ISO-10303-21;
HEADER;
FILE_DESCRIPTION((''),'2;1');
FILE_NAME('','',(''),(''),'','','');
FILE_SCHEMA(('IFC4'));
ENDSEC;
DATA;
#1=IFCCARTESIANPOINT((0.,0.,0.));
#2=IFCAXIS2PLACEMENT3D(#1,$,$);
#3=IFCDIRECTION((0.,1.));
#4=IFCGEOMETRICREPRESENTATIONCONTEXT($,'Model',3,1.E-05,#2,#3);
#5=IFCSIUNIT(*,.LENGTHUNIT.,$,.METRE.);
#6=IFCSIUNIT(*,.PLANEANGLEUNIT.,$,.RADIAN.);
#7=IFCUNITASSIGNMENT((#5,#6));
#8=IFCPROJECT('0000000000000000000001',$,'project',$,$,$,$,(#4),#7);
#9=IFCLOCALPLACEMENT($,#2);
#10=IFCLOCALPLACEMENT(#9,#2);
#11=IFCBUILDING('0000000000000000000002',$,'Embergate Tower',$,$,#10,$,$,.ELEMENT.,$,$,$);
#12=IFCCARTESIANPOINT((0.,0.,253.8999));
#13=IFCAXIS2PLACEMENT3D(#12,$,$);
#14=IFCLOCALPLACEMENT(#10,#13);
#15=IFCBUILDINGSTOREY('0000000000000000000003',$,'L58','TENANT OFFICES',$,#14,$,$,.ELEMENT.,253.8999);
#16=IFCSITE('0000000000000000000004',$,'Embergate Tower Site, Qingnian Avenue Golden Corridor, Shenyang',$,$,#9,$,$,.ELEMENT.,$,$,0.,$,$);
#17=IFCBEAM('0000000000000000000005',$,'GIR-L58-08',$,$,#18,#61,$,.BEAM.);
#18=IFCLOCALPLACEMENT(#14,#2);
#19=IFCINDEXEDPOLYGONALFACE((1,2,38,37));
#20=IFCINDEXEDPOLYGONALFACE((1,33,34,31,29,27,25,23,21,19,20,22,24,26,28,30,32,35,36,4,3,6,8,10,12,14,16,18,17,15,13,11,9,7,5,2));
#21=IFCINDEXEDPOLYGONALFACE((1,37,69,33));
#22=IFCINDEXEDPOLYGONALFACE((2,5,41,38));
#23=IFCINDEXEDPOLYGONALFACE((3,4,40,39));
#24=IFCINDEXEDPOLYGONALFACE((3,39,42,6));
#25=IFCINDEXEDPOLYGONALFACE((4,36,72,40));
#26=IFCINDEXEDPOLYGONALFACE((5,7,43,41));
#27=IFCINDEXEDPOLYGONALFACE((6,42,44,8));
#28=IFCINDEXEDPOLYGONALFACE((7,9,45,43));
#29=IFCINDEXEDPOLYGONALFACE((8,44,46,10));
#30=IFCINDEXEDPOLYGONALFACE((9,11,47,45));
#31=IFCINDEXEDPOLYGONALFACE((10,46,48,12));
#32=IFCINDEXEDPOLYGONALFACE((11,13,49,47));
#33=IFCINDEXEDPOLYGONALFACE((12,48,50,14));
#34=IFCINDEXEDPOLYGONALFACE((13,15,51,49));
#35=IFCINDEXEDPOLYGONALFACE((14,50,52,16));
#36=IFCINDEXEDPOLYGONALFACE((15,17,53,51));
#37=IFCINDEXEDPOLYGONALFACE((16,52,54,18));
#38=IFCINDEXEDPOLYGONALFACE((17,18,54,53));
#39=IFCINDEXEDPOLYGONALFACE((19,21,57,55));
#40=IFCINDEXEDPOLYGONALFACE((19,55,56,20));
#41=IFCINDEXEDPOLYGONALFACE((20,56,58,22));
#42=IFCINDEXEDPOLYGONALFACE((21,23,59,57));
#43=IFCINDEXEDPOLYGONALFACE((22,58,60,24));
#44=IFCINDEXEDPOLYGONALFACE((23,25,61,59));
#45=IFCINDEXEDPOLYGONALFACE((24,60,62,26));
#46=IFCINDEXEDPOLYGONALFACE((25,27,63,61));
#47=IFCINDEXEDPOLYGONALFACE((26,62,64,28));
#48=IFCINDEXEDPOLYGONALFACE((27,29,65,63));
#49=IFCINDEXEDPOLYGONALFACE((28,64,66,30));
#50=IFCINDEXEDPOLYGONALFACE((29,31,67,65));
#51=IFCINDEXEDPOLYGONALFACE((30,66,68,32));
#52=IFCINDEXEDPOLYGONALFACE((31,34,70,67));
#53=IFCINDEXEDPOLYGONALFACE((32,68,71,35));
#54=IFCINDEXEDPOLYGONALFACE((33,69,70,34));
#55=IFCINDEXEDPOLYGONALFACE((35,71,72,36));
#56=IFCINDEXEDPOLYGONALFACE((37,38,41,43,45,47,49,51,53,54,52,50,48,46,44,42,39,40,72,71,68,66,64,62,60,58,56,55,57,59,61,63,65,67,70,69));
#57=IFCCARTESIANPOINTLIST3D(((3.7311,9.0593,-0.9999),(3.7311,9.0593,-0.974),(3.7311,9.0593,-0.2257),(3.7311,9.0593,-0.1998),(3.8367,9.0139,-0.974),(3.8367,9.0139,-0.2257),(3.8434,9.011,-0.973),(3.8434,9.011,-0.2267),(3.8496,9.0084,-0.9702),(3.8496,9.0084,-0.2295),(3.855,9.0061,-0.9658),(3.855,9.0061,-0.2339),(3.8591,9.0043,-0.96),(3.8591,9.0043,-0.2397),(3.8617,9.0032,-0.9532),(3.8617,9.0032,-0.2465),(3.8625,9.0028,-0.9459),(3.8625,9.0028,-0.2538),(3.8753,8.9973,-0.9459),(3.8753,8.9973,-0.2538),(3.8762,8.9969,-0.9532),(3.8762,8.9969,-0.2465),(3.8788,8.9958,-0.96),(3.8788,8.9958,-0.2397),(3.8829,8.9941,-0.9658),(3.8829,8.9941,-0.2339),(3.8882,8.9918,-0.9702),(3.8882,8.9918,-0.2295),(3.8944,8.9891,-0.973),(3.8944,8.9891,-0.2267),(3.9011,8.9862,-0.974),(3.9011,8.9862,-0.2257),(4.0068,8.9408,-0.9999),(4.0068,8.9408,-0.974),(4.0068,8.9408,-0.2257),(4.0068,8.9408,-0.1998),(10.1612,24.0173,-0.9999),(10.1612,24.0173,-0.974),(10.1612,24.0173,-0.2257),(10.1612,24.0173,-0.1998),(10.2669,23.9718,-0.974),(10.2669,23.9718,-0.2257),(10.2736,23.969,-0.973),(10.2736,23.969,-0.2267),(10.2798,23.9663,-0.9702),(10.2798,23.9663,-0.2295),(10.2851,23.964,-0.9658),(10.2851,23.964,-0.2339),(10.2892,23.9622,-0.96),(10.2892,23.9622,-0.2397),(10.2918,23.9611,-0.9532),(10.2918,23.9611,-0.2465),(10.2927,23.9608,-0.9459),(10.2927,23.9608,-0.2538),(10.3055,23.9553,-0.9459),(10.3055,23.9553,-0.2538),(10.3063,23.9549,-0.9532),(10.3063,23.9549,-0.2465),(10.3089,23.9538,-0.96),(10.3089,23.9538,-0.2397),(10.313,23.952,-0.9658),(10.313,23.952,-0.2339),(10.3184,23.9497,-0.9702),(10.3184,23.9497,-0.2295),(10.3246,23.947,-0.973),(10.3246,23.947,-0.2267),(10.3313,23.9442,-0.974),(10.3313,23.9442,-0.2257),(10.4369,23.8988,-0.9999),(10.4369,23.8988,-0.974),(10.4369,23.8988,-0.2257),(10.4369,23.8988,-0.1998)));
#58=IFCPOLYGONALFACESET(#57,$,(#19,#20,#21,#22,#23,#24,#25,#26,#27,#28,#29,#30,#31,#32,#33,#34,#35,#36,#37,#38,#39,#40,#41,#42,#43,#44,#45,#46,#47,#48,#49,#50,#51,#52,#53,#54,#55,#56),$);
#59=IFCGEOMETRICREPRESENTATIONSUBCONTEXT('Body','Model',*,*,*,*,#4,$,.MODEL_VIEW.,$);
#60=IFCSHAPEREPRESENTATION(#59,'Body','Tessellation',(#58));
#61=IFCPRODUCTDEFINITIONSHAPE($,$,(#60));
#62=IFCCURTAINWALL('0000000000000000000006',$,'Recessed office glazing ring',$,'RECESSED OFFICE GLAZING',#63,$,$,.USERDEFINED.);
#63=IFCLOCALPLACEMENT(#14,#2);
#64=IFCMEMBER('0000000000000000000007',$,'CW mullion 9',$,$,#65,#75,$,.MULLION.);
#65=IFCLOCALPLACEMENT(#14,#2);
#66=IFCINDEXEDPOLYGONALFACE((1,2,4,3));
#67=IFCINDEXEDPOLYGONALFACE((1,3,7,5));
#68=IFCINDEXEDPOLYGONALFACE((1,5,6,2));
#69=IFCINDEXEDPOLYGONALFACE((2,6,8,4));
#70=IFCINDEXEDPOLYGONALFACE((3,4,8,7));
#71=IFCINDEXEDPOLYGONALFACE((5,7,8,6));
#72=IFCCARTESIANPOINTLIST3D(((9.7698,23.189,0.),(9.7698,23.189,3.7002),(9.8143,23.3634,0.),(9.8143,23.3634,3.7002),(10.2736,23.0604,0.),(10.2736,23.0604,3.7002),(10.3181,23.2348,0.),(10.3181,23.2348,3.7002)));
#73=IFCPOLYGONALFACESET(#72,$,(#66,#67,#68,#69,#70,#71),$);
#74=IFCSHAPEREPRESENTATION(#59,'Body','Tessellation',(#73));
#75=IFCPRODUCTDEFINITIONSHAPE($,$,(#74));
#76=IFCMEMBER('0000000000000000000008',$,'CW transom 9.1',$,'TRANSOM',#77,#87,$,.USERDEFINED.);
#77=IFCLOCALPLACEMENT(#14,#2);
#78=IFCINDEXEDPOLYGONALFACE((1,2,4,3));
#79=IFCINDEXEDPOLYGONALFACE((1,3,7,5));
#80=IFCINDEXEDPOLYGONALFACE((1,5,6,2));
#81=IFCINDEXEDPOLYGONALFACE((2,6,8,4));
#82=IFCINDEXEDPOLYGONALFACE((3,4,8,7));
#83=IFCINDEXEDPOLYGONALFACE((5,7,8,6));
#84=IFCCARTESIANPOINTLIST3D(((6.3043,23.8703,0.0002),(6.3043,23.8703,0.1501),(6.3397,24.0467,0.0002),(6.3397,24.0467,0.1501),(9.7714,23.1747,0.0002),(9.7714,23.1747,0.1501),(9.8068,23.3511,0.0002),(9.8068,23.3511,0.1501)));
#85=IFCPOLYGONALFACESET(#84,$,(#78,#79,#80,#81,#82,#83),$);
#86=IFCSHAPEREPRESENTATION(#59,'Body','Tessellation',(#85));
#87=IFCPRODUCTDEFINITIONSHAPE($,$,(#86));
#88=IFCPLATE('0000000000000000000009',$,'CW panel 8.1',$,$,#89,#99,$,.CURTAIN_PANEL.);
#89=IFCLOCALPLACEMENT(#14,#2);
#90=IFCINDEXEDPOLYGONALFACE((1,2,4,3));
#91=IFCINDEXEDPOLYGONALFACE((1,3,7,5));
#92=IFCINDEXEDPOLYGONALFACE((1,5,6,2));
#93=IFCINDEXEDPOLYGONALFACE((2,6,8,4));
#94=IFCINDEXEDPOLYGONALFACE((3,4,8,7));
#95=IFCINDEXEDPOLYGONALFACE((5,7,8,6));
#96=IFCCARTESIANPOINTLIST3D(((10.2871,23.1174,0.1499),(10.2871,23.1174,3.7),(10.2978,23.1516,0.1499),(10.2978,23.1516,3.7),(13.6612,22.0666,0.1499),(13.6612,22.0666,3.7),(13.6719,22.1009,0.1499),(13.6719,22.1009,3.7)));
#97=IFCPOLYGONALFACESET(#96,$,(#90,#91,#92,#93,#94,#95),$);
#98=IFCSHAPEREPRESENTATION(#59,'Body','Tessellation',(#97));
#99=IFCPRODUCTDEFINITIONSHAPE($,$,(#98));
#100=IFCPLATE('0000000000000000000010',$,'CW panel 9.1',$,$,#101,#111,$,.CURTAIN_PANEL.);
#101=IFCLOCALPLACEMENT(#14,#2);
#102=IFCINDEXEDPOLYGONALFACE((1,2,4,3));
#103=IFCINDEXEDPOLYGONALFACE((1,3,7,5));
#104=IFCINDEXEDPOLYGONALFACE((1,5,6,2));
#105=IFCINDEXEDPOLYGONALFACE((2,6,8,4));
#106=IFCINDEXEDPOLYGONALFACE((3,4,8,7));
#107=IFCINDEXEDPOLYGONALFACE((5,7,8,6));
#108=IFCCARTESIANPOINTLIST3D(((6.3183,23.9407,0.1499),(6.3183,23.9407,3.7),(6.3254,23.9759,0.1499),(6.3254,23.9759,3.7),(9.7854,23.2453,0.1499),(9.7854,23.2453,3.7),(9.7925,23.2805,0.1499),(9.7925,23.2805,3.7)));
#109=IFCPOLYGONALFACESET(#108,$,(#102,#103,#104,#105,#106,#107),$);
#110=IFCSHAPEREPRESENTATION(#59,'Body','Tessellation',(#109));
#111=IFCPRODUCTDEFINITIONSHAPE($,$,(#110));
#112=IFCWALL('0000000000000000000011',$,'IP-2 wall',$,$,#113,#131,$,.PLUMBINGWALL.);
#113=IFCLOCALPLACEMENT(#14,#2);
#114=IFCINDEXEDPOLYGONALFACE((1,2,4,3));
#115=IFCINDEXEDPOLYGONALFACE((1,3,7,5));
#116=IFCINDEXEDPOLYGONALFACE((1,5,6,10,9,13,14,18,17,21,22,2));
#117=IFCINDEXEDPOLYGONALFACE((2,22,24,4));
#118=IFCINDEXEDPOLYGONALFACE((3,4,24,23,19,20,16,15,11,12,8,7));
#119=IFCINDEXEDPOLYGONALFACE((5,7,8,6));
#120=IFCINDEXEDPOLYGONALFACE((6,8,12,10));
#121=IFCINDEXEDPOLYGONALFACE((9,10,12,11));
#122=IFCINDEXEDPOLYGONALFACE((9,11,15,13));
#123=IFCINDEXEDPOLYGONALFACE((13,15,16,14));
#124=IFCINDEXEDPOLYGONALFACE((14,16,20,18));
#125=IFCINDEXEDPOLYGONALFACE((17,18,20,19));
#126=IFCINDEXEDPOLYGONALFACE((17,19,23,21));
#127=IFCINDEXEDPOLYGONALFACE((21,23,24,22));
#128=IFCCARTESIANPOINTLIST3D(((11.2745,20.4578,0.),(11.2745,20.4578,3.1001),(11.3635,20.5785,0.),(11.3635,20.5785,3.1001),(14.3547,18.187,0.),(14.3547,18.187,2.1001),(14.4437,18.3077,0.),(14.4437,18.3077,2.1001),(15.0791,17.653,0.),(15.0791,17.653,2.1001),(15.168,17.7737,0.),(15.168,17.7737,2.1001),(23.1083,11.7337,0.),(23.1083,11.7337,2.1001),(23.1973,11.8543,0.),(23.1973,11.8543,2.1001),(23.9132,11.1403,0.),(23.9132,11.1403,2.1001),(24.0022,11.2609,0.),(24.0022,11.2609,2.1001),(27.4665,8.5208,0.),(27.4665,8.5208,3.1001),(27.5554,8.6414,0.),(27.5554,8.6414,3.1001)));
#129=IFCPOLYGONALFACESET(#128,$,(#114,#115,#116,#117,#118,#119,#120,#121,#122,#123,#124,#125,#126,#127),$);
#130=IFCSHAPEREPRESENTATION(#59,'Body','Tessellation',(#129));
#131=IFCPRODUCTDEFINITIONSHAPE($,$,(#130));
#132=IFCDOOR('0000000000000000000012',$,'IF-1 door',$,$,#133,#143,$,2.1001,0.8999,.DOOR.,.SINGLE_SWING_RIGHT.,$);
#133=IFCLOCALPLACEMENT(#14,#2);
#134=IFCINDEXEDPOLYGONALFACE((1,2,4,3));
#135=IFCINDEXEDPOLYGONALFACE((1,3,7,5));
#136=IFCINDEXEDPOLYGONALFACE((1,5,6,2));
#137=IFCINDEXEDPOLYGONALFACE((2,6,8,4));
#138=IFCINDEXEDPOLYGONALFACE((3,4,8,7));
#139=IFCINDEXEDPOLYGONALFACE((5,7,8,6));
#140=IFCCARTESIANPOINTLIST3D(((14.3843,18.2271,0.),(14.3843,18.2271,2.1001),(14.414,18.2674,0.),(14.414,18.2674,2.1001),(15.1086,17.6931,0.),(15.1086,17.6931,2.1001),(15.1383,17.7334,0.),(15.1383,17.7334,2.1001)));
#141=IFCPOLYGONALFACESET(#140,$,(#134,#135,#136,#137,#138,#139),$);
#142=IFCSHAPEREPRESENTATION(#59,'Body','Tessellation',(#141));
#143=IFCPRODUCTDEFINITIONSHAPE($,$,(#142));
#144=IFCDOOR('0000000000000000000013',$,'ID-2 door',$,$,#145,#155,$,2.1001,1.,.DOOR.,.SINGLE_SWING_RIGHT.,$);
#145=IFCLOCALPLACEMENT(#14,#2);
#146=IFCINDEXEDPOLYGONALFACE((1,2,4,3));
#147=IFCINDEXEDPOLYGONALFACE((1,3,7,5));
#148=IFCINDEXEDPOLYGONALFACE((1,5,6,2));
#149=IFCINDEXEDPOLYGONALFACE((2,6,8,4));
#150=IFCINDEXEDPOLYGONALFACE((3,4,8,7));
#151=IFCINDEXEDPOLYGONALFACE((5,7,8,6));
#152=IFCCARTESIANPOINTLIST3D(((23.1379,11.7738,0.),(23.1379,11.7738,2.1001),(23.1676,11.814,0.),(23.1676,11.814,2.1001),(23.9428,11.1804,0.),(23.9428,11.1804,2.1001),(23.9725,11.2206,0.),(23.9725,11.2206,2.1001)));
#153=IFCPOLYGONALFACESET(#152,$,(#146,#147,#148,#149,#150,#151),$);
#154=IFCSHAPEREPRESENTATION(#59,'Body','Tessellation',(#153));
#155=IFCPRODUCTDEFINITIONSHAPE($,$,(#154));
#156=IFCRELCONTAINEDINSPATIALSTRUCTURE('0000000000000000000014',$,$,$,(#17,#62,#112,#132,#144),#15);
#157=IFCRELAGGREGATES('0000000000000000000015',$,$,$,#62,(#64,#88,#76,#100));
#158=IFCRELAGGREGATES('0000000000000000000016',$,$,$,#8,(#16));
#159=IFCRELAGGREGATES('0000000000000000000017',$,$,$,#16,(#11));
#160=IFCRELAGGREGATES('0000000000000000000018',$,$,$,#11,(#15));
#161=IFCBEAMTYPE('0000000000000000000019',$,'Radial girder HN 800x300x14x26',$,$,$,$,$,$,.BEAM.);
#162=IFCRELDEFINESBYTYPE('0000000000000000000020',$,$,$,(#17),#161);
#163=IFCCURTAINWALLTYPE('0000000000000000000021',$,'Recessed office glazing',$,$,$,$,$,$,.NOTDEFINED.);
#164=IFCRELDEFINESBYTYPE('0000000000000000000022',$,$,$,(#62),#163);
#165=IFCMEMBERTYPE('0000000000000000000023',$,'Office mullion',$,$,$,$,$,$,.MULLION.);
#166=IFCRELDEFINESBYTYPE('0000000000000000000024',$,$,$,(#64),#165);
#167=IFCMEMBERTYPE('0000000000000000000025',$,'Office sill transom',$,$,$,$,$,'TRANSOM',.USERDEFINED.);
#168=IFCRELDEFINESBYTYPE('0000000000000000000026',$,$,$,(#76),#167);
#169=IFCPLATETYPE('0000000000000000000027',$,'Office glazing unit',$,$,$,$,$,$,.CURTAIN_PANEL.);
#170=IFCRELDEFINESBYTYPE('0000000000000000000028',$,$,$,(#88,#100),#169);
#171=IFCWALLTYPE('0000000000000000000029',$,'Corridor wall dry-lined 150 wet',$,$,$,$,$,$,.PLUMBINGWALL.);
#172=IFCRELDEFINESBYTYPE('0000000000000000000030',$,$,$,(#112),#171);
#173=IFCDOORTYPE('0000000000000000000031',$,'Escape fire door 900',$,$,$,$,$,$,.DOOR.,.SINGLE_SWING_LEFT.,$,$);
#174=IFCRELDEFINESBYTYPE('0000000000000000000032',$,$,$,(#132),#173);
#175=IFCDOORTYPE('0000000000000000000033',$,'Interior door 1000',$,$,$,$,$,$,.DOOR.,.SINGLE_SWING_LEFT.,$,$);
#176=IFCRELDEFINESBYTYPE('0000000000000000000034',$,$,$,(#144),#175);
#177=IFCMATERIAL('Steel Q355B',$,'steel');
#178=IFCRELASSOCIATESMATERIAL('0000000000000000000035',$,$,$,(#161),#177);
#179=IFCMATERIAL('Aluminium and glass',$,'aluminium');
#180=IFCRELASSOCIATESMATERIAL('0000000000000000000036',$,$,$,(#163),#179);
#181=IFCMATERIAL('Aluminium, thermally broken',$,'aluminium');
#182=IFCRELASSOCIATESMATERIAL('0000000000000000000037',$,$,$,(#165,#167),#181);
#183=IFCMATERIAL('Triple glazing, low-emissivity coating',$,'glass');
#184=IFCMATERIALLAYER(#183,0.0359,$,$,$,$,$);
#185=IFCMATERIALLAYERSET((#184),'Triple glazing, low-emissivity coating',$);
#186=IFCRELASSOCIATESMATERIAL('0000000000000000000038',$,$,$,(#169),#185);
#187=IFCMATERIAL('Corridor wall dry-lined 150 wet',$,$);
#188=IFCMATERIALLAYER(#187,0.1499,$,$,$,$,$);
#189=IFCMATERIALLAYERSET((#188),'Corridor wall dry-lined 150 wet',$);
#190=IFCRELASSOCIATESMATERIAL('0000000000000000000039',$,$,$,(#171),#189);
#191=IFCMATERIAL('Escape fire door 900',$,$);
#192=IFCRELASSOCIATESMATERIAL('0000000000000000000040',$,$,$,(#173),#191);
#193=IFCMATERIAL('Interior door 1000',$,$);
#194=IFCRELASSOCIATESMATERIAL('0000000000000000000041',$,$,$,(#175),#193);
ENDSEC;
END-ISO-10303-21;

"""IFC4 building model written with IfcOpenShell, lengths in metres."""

from ifc_helpers import new_model, si_unit, direction, frame, frame_2d, origin, origin_2d, place, context, subcontext, project, spatial, rectangle, i_section, extrude, source, transform, mapped, material, layer, layer_set, material_profile, profile_set, type_object, element, fill, aggregate, save


model = new_model("IFC4")

# Units and contexts
model_context = context("Model", 3, precision=1e-05, world=origin(), true_north=direction((0.0, 1.0)))
body_context = subcontext(model_context, "Body", "Model", "MODEL_VIEW")
ifc_project = project(units=[si_unit("LENGTHUNIT", "METRE"), si_unit("PLANEANGLEUNIT", "RADIAN")], contexts=[model_context])

# Site, building, storey
site_placement = place(None, origin())
site = spatial("IfcSite", under=ifc_project, at=site_placement, Name="Embergate Tower Site, Qingnian Avenue Golden Corridor, Shenyang", CompositionType="ELEMENT", RefElevation=0.0)
building_placement = place(site_placement, origin())
building = spatial("IfcBuilding", under=site, at=building_placement, Name="Embergate Tower", CompositionType="ELEMENT")
storey_placement = place(building_placement, frame((0.0, 0.0, 253.8999)))
storey = spatial("IfcBuildingStorey", under=building, at=storey_placement, Name="L58", Description="TENANT OFFICES", CompositionType="ELEMENT", Elevation=253.8999)

# Beam
ifc_material_1 = material(Name="Steel Q355B", Category="steel")
ifc_material_profile_1 = material_profile(ifc_material_1, i_section(OverallWidth=0.3, OverallDepth=0.8, WebThickness=0.0139, FlangeThickness=0.0259, FilletRadius=0.0281, at=origin_2d()), Name="HN 800x300x14x26")
ifc_profile_set_1 = profile_set([ifc_material_profile_1], Name="Steel Q355 grade B")
beam_type = type_object("IfcBeamType", Name="Radial girder HN 800x300x14x26", PredefinedType="BEAM", material=ifc_profile_set_1)
shared_shape_1 = source(origin(), body_context, "Body", "SweptSolid", [
    extrude(i_section(OverallWidth=0.3, OverallDepth=0.8, WebThickness=0.0139, FlangeThickness=0.0259, FilletRadius=0.0281, at=origin_2d()), origin(), (0.0, 0.0, 1.0), 16.2815),
])
beam_placement = place(storey_placement, frame((10.2991, 23.958, -0.5999), z_axis=(-0.394936, -0.918709, 0.0), x_axis=(0.918709, -0.394936, 0.0)))
element("IfcBeam", 1, at=beam_placement, inside=storey, type_object=beam_type, Name="GIR-L58-08", PredefinedType="BEAM", context=body_context, shape_type="MappedRepresentation", body=[
    mapped(shared_shape_1, transform((0.0, 0.0, 0.0))),
])

# Curtain wall, members, plates
ifc_material_2 = material(Name="Aluminium and glass", Category="aluminium")
curtain_wall_type = type_object("IfcCurtainWallType", Name="Recessed office glazing", PredefinedType="NOTDEFINED", material=ifc_material_2)
curtain_wall_placement = place(storey_placement, origin())
curtain_wall = element("IfcCurtainWall", 2, at=curtain_wall_placement, inside=storey, type_object=curtain_wall_type, Name="Recessed office glazing ring", ObjectType="RECESSED OFFICE GLAZING", PredefinedType="USERDEFINED")
ifc_material_3 = material(Name="Aluminium, thermally broken", Category="aluminium")
ifc_material_profile_2 = material_profile(ifc_material_3, rectangle(XDim=0.1799, YDim=0.52, at=origin_2d()), Name="AL 520x180")
ifc_profile_set_2 = profile_set([ifc_material_profile_2], Name="Aluminium, thermally broken")
member_type_1 = type_object("IfcMemberType", Name="Office mullion", PredefinedType="MULLION", material=ifc_profile_set_2)
shared_shape_2 = source(origin(), body_context, "Body", "SweptSolid", [
    extrude(rectangle(XDim=0.1799, YDim=0.52, at=origin_2d()), origin(), (0.0, 0.0, 1.0), 3.7002),
])
member_1_placement = place(storey_placement, frame((10.0439, 23.2119, 0.0), z_axis=(0.0, 0.0, 1.0), x_axis=(-0.247308, -0.968937, 0.0)))
member_1 = element("IfcMember", 3, at=member_1_placement, type_object=member_type_1, Name="CW mullion 9", PredefinedType="MULLION", context=body_context, shape_type="MappedRepresentation", body=[
    mapped(shared_shape_2, transform((0.0, 0.0, 0.0))),
])
ifc_material_profile_3 = material_profile(ifc_material_3, rectangle(XDim=0.1799, YDim=0.1499, at=origin_2d()), Name="AL 150x180")
ifc_profile_set_3 = profile_set([ifc_material_profile_3], Name="Aluminium, thermally broken")
member_type_2 = type_object("IfcMemberType", Name="Office sill transom", ElementType="TRANSOM", PredefinedType="USERDEFINED", material=ifc_profile_set_3)
shared_shape_3 = source(origin(), body_context, "Body", "SweptSolid", [
    extrude(rectangle(XDim=0.1799, YDim=0.1499, at=origin_2d()), origin(), (0.0, 0.0, 1.0), 3.5361),
])
member_2_placement = place(storey_placement, frame((9.7891, 23.2629, 0.0752), z_axis=(-0.980464, 0.1967, 0.0), x_axis=(-0.1967, -0.980464, 0.0)))
member_2 = element("IfcMember", 4, at=member_2_placement, type_object=member_type_2, Name="CW transom 9.1", ObjectType="TRANSOM", PredefinedType="USERDEFINED", context=body_context, shape_type="MappedRepresentation", body=[
    mapped(shared_shape_3, transform((0.0, 0.0, 0.0))),
])
ifc_material_4 = material(Name="Triple glazing, low-emissivity coating", Category="glass")
ifc_layer_1 = layer(ifc_material_4, 0.0359)
ifc_layer_set_1 = layer_set([ifc_layer_1], Name="Triple glazing, low-emissivity coating")
plate_type = type_object("IfcPlateType", Name="Office glazing unit", PredefinedType="CURTAIN_PANEL", material=ifc_layer_set_1)
shared_shape_4 = source(origin(), body_context, "Body", "SweptSolid", [
    extrude(rectangle(XDim=3.5339, YDim=0.0359, at=origin_2d()), origin(), (0.0, 0.0, 1.0), 3.55),
])
plate_1_placement = place(storey_placement, frame((11.9795, 22.6091, 0.1499), z_axis=(0.0, 0.0, 1.0), x_axis=(-0.954773, 0.297337, 0.0)))
plate_1 = element("IfcPlate", 5, at=plate_1_placement, type_object=plate_type, Name="CW panel 8.1", PredefinedType="CURTAIN_PANEL", context=body_context, shape_type="MappedRepresentation", body=[
    mapped(shared_shape_4, transform((0.0, 0.0, 0.0))),
])
shared_shape_5 = source(origin(), body_context, "Body", "SweptSolid", [
    extrude(rectangle(XDim=3.5361, YDim=0.0359, at=origin_2d()), origin(), (0.0, 0.0, 1.0), 3.55),
])
plate_2_placement = place(storey_placement, frame((8.0554, 23.6106, 0.1499), z_axis=(0.0, 0.0, 1.0), x_axis=(-0.980476, 0.196639, 0.0)))
plate_2 = element("IfcPlate", 6, at=plate_2_placement, type_object=plate_type, Name="CW panel 9.1", PredefinedType="CURTAIN_PANEL", context=body_context, shape_type="MappedRepresentation", body=[
    mapped(shared_shape_5, transform((0.0, 0.0, 0.0))),
])
aggregate(curtain_wall, [member_1, plate_1, member_2, plate_2])

# Wall, openings, doors
ifc_material_5 = material(Name="Corridor wall dry-lined 150 wet")
ifc_layer_2 = layer(ifc_material_5, 0.1499)
ifc_layer_set_2 = layer_set([ifc_layer_2], Name="Corridor wall dry-lined 150 wet")
wall_type_1 = type_object("IfcWallType", Name="Corridor wall dry-lined 150 wet", PredefinedType="PLUMBINGWALL", material=ifc_layer_set_2)
shared_shape_6 = source(origin(), body_context, "Body", "SweptSolid", [
    extrude(rectangle(XDim=20.1165, YDim=0.1499, at=frame_2d((10.0581, 0.0))), origin(), (0.0, 0.0, 1.0), 3.1001),
])
wall_1_placement = place(storey_placement, frame((11.3191, 20.5181, 0.0), z_axis=(0.0, 0.0, 1.0), x_axis=(0.80491, -0.593397, 0.0)))
wall_1 = element("IfcWall", 7, at=wall_1_placement, inside=storey, type_object=wall_type_1, Name="IP-2 wall", PredefinedType="PLUMBINGWALL", context=body_context, shape_type="MappedRepresentation", body=[
    mapped(shared_shape_6, transform((0.0, 0.0, 0.0))),
])
shared_shape_7 = source(origin(), body_context, "Body", "SweptSolid", [
    extrude(rectangle(XDim=1.0, YDim=2.1001, at=frame_2d((0.5, 1.05))), frame((0.0, 0.085, 0.0), z_axis=(0.0, -1.0, 0.0), x_axis=(1.0, 0.0, 0.0)), (0.0, 0.0, 1.0), 0.1699),
])
opening_1_placement = place(wall_1_placement, frame((14.7019, 0.0, 0.0)))
opening_1 = element("IfcOpeningElement", 8, at=opening_1_placement, cuts=wall_1, PredefinedType="OPENING", context=body_context, shape_type="MappedRepresentation", body=[
    mapped(shared_shape_7, transform((0.0, 0.0, 0.0))),
])
shared_shape_8 = source(origin(), body_context, "Body", "SweptSolid", [
    extrude(rectangle(XDim=0.8999, YDim=2.1001, at=frame_2d((0.45, 1.05))), frame((0.0, 0.085, 0.0), z_axis=(0.0, -1.0, 0.0), x_axis=(1.0, 0.0, 0.0)), (0.0, 0.0, 1.0), 0.1699),
])
opening_2_placement = place(wall_1_placement, frame((3.8267, 0.0, 0.0)))
opening_2 = element("IfcOpeningElement", 9, at=opening_2_placement, cuts=wall_1, PredefinedType="OPENING", context=body_context, shape_type="MappedRepresentation", body=[
    mapped(shared_shape_8, transform((0.0, 0.0, 0.0))),
])
ifc_material_6 = material(Name="Escape fire door 900")
door_type_1 = type_object("IfcDoorType", Name="Escape fire door 900", OperationType="SINGLE_SWING_LEFT", PredefinedType="DOOR", material=ifc_material_6)
shared_shape_9 = source(origin(), body_context, "Body", "SweptSolid", [
    extrude(rectangle(XDim=0.8999, YDim=2.1001, at=frame_2d((0.45, 1.05))), frame((0.0, 0.0249, 0.0), z_axis=(0.0, -1.0, 0.0), x_axis=(1.0, 0.0, 0.0)), (0.0, 0.0, 1.0), 0.05),
])
door_1_placement = place(opening_2_placement, origin())
door_1 = element("IfcDoor", 10, at=door_1_placement, inside=storey, type_object=door_type_1, Name="IF-1 door", OperationType="SINGLE_SWING_RIGHT", OverallHeight=2.1001, OverallWidth=0.8999, PredefinedType="DOOR", context=body_context, shape_type="MappedRepresentation", body=[
    mapped(shared_shape_9, transform((0.0, 0.0, 0.0))),
])
fill(opening_2, door_1)
ifc_material_7 = material(Name="Interior door 1000")
door_type_2 = type_object("IfcDoorType", Name="Interior door 1000", OperationType="SINGLE_SWING_LEFT", PredefinedType="DOOR", material=ifc_material_7)
shared_shape_10 = source(origin(), body_context, "Body", "SweptSolid", [
    extrude(rectangle(XDim=1.0, YDim=2.1001, at=frame_2d((0.5, 1.05))), frame((0.0, 0.0249, 0.0), z_axis=(0.0, -1.0, 0.0), x_axis=(1.0, 0.0, 0.0)), (0.0, 0.0, 1.0), 0.05),
])
door_2_placement = place(opening_1_placement, origin())
door_2 = element("IfcDoor", 11, at=door_2_placement, inside=storey, type_object=door_type_2, Name="ID-2 door", OperationType="SINGLE_SWING_RIGHT", OverallHeight=2.1001, OverallWidth=1.0, PredefinedType="DOOR", context=body_context, shape_type="MappedRepresentation", body=[
    mapped(shared_shape_10, transform((0.0, 0.0, 0.0))),
])
fill(opening_1, door_2)

save(model, "model.ifc")
